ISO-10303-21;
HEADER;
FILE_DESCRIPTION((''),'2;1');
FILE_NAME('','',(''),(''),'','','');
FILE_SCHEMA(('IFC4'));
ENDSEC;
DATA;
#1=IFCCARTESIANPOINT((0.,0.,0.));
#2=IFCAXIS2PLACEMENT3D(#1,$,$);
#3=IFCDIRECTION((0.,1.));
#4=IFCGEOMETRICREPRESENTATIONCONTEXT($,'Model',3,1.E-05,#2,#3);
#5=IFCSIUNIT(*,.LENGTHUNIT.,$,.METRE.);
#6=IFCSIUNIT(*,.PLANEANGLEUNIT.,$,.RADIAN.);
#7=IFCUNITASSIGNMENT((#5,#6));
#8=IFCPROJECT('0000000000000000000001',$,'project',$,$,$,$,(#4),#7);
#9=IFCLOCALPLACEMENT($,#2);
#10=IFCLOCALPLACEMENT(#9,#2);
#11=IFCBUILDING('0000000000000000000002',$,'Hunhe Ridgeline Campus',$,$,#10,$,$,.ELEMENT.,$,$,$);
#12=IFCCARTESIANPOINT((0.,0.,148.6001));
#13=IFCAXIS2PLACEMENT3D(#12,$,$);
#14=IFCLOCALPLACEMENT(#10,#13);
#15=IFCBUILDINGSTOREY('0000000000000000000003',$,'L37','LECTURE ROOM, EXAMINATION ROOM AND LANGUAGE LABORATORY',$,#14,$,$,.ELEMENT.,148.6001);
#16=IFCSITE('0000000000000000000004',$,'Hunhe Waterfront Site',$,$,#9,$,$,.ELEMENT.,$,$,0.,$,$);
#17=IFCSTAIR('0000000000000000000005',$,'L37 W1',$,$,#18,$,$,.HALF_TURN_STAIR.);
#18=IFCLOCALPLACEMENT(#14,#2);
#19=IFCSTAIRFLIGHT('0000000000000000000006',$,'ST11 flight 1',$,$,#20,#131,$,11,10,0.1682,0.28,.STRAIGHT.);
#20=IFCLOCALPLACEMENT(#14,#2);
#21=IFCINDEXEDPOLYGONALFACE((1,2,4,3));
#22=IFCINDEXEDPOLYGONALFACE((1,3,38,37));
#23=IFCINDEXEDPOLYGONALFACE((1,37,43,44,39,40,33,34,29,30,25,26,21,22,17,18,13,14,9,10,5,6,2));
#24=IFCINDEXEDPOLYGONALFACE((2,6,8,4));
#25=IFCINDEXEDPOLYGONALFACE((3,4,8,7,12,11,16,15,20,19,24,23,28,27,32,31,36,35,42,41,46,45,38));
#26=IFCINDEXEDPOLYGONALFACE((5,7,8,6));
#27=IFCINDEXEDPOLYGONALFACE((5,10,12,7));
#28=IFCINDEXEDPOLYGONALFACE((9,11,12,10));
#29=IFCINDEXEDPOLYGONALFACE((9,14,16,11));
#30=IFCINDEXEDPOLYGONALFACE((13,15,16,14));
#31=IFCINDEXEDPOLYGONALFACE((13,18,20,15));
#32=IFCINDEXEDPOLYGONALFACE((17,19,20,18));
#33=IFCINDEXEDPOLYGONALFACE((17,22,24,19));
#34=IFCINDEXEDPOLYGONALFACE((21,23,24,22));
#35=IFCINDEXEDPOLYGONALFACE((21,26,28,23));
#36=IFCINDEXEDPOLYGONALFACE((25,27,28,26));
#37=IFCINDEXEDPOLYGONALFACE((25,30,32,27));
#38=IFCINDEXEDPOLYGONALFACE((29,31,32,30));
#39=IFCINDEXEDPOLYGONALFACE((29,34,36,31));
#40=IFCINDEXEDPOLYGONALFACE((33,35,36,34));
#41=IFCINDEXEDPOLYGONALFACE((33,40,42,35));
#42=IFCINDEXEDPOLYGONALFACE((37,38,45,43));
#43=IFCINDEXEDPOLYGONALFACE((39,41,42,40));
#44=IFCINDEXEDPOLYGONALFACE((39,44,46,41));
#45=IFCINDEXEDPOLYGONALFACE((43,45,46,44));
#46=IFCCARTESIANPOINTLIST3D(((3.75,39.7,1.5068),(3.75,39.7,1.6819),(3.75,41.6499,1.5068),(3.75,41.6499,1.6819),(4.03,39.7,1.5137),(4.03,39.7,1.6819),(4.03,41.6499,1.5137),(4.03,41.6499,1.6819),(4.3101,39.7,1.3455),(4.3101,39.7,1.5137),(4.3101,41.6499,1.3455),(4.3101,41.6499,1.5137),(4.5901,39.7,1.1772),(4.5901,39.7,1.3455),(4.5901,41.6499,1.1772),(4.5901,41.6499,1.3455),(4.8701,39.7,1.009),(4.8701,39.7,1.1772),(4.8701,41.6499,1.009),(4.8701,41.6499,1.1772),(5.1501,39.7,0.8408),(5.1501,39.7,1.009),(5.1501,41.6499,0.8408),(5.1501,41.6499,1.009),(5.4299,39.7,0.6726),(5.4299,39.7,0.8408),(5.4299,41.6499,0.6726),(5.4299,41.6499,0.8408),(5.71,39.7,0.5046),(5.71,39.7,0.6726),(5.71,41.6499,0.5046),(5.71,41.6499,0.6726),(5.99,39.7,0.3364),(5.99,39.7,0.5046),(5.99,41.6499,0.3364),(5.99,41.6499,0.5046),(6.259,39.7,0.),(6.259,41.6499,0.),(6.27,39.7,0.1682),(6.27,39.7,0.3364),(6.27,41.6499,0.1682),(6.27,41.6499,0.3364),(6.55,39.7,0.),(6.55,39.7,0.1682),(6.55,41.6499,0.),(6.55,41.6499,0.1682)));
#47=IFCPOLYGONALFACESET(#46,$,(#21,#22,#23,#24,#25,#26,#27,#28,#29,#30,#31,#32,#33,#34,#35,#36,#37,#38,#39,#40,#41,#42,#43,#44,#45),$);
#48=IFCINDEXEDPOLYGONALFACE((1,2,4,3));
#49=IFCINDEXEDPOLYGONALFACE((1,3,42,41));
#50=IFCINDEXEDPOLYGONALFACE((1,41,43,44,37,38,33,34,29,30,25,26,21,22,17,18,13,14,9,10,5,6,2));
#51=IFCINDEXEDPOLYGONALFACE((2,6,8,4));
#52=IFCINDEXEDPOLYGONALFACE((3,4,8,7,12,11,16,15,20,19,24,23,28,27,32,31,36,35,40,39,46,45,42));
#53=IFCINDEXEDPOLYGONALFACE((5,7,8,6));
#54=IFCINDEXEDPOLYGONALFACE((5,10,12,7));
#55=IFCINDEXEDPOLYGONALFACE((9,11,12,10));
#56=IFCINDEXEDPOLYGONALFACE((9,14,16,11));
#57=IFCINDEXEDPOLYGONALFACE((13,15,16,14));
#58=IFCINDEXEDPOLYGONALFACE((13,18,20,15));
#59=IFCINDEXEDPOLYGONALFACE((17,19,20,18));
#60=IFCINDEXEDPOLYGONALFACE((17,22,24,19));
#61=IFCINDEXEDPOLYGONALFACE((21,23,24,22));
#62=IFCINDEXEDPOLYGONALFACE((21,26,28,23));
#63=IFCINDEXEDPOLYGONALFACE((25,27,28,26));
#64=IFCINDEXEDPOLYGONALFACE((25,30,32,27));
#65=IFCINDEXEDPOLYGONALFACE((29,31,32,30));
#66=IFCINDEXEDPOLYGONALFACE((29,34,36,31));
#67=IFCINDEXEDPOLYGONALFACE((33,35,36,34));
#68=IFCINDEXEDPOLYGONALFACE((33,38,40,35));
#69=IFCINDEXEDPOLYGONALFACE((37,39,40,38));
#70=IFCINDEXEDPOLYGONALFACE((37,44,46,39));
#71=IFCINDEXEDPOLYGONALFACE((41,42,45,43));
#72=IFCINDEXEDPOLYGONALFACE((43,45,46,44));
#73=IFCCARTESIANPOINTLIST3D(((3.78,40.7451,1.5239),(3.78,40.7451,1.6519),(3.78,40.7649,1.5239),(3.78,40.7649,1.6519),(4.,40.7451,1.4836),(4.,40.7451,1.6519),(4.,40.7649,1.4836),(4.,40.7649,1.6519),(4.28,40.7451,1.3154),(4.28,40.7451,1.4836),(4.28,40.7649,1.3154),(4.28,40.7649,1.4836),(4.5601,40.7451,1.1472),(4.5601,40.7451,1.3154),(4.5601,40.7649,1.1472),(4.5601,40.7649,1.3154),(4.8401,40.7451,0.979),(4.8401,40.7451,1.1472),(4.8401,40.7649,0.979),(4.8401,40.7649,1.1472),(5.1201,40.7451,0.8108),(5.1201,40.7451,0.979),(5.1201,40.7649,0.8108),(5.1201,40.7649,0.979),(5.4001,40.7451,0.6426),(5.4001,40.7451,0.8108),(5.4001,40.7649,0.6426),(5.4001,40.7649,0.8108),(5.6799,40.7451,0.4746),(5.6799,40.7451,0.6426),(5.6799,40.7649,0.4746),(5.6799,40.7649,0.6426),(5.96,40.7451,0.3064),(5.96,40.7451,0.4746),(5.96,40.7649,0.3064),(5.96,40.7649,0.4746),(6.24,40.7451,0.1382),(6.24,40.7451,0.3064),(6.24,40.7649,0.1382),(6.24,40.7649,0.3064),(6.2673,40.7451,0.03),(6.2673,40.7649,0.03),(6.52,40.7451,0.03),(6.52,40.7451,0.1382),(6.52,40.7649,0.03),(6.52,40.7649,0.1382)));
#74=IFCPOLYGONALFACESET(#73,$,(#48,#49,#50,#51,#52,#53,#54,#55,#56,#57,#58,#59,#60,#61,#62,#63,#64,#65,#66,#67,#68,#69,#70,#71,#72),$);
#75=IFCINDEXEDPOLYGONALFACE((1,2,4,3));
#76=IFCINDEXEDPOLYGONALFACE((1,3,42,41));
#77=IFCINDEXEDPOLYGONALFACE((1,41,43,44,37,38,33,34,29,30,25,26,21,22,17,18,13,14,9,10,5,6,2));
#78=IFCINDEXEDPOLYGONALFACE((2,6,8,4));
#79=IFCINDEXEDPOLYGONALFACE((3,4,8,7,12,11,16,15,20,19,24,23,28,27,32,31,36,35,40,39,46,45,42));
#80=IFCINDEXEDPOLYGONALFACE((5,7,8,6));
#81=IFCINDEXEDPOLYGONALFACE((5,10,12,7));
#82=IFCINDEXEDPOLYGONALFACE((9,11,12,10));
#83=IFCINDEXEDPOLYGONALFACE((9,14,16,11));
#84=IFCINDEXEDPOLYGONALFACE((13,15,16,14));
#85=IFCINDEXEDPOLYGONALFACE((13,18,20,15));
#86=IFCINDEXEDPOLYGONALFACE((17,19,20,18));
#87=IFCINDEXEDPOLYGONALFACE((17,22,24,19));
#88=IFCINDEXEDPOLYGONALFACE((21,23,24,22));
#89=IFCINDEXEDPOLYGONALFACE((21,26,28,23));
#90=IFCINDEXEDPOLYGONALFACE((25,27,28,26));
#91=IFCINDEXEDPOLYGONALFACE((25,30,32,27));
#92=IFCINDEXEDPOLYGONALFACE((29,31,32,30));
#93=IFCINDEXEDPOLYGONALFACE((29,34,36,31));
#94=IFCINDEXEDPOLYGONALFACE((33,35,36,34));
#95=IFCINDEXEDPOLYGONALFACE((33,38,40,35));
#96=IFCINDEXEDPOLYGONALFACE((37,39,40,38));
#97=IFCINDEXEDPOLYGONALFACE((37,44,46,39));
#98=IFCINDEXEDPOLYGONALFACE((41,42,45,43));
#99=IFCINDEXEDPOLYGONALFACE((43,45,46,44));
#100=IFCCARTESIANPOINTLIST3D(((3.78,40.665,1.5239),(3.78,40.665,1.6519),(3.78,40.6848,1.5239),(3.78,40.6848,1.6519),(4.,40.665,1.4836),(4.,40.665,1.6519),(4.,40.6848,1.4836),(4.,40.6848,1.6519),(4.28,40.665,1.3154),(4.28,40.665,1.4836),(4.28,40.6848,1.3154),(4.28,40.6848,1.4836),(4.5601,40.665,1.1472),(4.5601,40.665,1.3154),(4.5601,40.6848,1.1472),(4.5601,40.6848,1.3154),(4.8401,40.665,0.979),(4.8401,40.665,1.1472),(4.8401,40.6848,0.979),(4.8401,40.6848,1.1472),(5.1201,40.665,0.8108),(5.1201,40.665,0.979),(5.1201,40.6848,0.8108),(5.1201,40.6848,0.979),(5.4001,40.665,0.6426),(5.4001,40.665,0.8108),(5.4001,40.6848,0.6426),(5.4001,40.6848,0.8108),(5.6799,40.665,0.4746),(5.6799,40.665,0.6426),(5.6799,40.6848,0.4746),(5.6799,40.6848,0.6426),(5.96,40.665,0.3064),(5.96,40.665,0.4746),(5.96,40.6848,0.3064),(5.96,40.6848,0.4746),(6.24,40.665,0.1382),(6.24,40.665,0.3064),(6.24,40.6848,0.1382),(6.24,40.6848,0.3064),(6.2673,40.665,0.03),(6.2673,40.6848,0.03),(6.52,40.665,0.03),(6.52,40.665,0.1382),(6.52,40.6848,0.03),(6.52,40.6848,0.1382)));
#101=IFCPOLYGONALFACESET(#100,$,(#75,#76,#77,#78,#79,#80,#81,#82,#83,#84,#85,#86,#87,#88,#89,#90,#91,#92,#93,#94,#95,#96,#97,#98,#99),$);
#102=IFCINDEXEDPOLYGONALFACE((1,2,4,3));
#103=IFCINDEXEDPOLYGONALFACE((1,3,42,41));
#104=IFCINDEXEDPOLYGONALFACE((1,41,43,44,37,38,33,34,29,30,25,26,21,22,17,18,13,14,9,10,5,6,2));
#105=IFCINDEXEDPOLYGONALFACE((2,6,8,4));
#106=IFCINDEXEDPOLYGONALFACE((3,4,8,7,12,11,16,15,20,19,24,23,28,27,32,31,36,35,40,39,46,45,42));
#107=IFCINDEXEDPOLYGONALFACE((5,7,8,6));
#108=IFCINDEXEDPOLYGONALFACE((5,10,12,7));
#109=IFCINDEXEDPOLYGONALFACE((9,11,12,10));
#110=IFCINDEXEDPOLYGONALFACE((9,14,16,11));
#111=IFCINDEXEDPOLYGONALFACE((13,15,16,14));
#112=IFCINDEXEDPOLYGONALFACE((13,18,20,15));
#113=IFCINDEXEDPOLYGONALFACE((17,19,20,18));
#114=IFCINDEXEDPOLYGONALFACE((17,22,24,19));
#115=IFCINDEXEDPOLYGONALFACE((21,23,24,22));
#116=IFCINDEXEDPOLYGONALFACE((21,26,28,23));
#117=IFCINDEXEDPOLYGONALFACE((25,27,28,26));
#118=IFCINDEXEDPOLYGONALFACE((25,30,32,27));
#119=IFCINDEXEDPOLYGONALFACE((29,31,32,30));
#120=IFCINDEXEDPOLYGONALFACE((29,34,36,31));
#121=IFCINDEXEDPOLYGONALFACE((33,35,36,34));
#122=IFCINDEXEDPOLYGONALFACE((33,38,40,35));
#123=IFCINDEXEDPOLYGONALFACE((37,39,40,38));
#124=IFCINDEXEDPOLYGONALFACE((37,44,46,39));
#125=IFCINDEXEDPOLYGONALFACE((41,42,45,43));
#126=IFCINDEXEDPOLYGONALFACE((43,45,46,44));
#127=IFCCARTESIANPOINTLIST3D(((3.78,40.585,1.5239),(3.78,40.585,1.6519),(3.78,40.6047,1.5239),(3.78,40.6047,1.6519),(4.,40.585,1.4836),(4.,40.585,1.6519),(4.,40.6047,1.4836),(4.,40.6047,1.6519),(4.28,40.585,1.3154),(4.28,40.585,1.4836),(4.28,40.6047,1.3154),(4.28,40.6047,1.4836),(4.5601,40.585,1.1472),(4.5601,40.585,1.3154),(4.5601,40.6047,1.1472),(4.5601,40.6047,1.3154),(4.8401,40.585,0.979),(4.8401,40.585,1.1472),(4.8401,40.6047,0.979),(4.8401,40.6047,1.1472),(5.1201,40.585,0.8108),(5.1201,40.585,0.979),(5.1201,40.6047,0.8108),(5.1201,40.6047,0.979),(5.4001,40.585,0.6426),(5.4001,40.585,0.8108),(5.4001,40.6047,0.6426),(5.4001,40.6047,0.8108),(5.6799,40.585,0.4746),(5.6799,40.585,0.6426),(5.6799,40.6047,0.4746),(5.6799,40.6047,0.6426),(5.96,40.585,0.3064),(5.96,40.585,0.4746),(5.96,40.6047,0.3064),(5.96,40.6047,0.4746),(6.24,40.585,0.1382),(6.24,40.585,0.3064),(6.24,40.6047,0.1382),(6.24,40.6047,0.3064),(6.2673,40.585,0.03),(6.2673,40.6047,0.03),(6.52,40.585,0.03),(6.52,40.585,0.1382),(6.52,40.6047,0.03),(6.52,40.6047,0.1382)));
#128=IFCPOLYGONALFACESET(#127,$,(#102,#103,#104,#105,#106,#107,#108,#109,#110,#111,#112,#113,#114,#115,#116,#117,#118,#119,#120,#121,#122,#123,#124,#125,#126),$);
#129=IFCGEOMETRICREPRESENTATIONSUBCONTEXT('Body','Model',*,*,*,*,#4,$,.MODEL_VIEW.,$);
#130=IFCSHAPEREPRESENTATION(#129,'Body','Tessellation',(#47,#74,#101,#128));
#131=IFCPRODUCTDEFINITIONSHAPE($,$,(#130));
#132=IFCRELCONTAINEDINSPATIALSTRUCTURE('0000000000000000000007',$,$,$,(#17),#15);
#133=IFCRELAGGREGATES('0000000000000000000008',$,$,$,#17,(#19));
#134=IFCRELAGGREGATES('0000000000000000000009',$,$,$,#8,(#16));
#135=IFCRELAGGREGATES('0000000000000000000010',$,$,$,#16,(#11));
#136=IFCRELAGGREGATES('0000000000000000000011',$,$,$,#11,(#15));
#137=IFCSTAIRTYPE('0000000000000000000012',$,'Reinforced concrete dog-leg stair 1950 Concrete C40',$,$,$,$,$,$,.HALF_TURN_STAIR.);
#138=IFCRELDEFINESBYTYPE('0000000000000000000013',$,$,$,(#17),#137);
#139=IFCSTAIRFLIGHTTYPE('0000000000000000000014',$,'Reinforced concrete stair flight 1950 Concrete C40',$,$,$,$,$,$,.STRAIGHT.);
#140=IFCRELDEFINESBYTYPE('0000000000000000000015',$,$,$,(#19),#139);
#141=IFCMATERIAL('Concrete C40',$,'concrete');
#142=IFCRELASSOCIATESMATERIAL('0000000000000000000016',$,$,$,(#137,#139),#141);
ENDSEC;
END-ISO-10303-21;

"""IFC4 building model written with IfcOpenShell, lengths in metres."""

from ifc_helpers import new_model, si_unit, direction, frame, origin, place, context, subcontext, project, spatial, polyline, outline, extrude, material, type_object, element, aggregate, save


model = new_model("IFC4")

# Units and contexts
model_context = context("Model", 3, precision=1e-05, world=origin(), true_north=direction((0.0, 1.0)))
body_context = subcontext(model_context, "Body", "Model", "MODEL_VIEW")
ifc_project = project(units=[si_unit("LENGTHUNIT", "METRE"), si_unit("PLANEANGLEUNIT", "RADIAN")], contexts=[model_context])

# Site, building, storey
site_placement = place(None, origin())
site = spatial("IfcSite", under=ifc_project, at=site_placement, Name="Hunhe Waterfront Site", CompositionType="ELEMENT", RefElevation=0.0)
building_placement = place(site_placement, origin())
building = spatial("IfcBuilding", under=site, at=building_placement, Name="Hunhe Ridgeline Campus", CompositionType="ELEMENT")
storey_placement = place(building_placement, frame((0.0, 0.0, 148.6001)))
storey = spatial("IfcBuildingStorey", under=building, at=storey_placement, Name="L37", Description="LECTURE ROOM, EXAMINATION ROOM AND LANGUAGE LABORATORY", CompositionType="ELEMENT", Elevation=148.6001)

# Stair, stair flight
ifc_material_1 = material(Name="Concrete C40", Category="concrete")
stair_type = type_object("IfcStairType", Name="Reinforced concrete dog-leg stair 1950 Concrete C40", PredefinedType="HALF_TURN_STAIR", material=ifc_material_1)
stair_placement = place(storey_placement, origin())
stair = element("IfcStair", 1, at=stair_placement, inside=storey, type_object=stair_type, Name="L37 W1", PredefinedType="HALF_TURN_STAIR")
stair_flight_type = type_object("IfcStairFlightType", Name="Reinforced concrete stair flight 1950 Concrete C40", PredefinedType="STRAIGHT", material=ifc_material_1)
stair_flight_1_placement = place(storey_placement, frame((6.55, 40.675, 0.0), z_axis=(0.0, 0.0, 1.0), x_axis=(-1.0, 0.0, 0.0)))
stair_flight_1 = element("IfcStairFlight", 2, at=stair_flight_1_placement, type_object=stair_flight_type, Name="ST11 flight 1", NumberOfRisers=11, NumberOfTreads=10, PredefinedType="STRAIGHT", RiserHeight=0.1682, TreadLength=0.28, context=body_context, shape_type="SweptSolid", body=[
    extrude(outline(polyline([(0.0, 0.0), (0.0, 0.1682), (0.28, 0.1682), (0.28, 0.3364), (0.5601, 0.3364), (0.5601, 0.5046), (0.8401, 0.5046), (0.8401, 0.6726), (1.1201, 0.6726), (1.1201, 0.8408), (1.3999, 0.8408), (1.3999, 1.009), (1.6799, 1.009), (1.6799, 1.1772), (1.96, 1.1772), (1.96, 1.3455), (2.24, 1.3455), (2.24, 1.5137), (2.52, 1.5137), (2.52, 1.6819), (2.8, 1.6819), (2.8, 1.8501), (2.8, 1.5068), (0.291, 0.0), (0.0, 0.0)])), frame((0.0, 0.9751, 0.0), z_axis=(0.0, -1.0, 0.0), x_axis=(1.0, 0.0, 0.0)), (0.0, 0.0, 1.0), 1.95),
    extrude(outline(polyline([(0.03, 0.03), (0.03, 0.1382), (0.3101, 0.1382), (0.3101, 0.3064), (0.5901, 0.3064), (0.5901, 0.4746), (0.8701, 0.4746), (0.8701, 0.6426), (1.1499, 0.6426), (1.1499, 0.8108), (1.4299, 0.8108), (1.4299, 0.979), (1.71, 0.979), (1.71, 1.1472), (1.99, 1.1472), (1.99, 1.3154), (2.27, 1.3154), (2.27, 1.4836), (2.55, 1.4836), (2.55, 1.6519), (2.77, 1.6519), (2.77, 1.5239), (0.2827, 0.03), (0.03, 0.03)])), frame((0.0, -0.0701, 0.0), z_axis=(0.0, -1.0, 0.0), x_axis=(1.0, 0.0, 0.0)), (0.0, 0.0, 1.0), 0.0198),
    extrude(outline(polyline([(0.03, 0.03), (0.03, 0.1382), (0.3101, 0.1382), (0.3101, 0.3064), (0.5901, 0.3064), (0.5901, 0.4746), (0.8701, 0.4746), (0.8701, 0.6426), (1.1499, 0.6426), (1.1499, 0.8108), (1.4299, 0.8108), (1.4299, 0.979), (1.71, 0.979), (1.71, 1.1472), (1.99, 1.1472), (1.99, 1.3154), (2.27, 1.3154), (2.27, 1.4836), (2.55, 1.4836), (2.55, 1.6519), (2.77, 1.6519), (2.77, 1.5239), (0.2827, 0.03), (0.03, 0.03)])), frame((0.0, 0.01, 0.0), z_axis=(0.0, -1.0, 0.0), x_axis=(1.0, 0.0, 0.0)), (0.0, 0.0, 1.0), 0.0198),
    extrude(outline(polyline([(0.03, 0.03), (0.03, 0.1382), (0.3101, 0.1382), (0.3101, 0.3064), (0.5901, 0.3064), (0.5901, 0.4746), (0.8701, 0.4746), (0.8701, 0.6426), (1.1499, 0.6426), (1.1499, 0.8108), (1.4299, 0.8108), (1.4299, 0.979), (1.71, 0.979), (1.71, 1.1472), (1.99, 1.1472), (1.99, 1.3154), (2.27, 1.3154), (2.27, 1.4836), (2.55, 1.4836), (2.55, 1.6519), (2.77, 1.6519), (2.77, 1.5239), (0.2827, 0.03), (0.03, 0.03)])), frame((0.0, 0.0901, 0.0), z_axis=(0.0, -1.0, 0.0), x_axis=(1.0, 0.0, 0.0)), (0.0, 0.0, 1.0), 0.0198),
])
aggregate(stair, [stair_flight_1])

save(model, "model.ifc")
